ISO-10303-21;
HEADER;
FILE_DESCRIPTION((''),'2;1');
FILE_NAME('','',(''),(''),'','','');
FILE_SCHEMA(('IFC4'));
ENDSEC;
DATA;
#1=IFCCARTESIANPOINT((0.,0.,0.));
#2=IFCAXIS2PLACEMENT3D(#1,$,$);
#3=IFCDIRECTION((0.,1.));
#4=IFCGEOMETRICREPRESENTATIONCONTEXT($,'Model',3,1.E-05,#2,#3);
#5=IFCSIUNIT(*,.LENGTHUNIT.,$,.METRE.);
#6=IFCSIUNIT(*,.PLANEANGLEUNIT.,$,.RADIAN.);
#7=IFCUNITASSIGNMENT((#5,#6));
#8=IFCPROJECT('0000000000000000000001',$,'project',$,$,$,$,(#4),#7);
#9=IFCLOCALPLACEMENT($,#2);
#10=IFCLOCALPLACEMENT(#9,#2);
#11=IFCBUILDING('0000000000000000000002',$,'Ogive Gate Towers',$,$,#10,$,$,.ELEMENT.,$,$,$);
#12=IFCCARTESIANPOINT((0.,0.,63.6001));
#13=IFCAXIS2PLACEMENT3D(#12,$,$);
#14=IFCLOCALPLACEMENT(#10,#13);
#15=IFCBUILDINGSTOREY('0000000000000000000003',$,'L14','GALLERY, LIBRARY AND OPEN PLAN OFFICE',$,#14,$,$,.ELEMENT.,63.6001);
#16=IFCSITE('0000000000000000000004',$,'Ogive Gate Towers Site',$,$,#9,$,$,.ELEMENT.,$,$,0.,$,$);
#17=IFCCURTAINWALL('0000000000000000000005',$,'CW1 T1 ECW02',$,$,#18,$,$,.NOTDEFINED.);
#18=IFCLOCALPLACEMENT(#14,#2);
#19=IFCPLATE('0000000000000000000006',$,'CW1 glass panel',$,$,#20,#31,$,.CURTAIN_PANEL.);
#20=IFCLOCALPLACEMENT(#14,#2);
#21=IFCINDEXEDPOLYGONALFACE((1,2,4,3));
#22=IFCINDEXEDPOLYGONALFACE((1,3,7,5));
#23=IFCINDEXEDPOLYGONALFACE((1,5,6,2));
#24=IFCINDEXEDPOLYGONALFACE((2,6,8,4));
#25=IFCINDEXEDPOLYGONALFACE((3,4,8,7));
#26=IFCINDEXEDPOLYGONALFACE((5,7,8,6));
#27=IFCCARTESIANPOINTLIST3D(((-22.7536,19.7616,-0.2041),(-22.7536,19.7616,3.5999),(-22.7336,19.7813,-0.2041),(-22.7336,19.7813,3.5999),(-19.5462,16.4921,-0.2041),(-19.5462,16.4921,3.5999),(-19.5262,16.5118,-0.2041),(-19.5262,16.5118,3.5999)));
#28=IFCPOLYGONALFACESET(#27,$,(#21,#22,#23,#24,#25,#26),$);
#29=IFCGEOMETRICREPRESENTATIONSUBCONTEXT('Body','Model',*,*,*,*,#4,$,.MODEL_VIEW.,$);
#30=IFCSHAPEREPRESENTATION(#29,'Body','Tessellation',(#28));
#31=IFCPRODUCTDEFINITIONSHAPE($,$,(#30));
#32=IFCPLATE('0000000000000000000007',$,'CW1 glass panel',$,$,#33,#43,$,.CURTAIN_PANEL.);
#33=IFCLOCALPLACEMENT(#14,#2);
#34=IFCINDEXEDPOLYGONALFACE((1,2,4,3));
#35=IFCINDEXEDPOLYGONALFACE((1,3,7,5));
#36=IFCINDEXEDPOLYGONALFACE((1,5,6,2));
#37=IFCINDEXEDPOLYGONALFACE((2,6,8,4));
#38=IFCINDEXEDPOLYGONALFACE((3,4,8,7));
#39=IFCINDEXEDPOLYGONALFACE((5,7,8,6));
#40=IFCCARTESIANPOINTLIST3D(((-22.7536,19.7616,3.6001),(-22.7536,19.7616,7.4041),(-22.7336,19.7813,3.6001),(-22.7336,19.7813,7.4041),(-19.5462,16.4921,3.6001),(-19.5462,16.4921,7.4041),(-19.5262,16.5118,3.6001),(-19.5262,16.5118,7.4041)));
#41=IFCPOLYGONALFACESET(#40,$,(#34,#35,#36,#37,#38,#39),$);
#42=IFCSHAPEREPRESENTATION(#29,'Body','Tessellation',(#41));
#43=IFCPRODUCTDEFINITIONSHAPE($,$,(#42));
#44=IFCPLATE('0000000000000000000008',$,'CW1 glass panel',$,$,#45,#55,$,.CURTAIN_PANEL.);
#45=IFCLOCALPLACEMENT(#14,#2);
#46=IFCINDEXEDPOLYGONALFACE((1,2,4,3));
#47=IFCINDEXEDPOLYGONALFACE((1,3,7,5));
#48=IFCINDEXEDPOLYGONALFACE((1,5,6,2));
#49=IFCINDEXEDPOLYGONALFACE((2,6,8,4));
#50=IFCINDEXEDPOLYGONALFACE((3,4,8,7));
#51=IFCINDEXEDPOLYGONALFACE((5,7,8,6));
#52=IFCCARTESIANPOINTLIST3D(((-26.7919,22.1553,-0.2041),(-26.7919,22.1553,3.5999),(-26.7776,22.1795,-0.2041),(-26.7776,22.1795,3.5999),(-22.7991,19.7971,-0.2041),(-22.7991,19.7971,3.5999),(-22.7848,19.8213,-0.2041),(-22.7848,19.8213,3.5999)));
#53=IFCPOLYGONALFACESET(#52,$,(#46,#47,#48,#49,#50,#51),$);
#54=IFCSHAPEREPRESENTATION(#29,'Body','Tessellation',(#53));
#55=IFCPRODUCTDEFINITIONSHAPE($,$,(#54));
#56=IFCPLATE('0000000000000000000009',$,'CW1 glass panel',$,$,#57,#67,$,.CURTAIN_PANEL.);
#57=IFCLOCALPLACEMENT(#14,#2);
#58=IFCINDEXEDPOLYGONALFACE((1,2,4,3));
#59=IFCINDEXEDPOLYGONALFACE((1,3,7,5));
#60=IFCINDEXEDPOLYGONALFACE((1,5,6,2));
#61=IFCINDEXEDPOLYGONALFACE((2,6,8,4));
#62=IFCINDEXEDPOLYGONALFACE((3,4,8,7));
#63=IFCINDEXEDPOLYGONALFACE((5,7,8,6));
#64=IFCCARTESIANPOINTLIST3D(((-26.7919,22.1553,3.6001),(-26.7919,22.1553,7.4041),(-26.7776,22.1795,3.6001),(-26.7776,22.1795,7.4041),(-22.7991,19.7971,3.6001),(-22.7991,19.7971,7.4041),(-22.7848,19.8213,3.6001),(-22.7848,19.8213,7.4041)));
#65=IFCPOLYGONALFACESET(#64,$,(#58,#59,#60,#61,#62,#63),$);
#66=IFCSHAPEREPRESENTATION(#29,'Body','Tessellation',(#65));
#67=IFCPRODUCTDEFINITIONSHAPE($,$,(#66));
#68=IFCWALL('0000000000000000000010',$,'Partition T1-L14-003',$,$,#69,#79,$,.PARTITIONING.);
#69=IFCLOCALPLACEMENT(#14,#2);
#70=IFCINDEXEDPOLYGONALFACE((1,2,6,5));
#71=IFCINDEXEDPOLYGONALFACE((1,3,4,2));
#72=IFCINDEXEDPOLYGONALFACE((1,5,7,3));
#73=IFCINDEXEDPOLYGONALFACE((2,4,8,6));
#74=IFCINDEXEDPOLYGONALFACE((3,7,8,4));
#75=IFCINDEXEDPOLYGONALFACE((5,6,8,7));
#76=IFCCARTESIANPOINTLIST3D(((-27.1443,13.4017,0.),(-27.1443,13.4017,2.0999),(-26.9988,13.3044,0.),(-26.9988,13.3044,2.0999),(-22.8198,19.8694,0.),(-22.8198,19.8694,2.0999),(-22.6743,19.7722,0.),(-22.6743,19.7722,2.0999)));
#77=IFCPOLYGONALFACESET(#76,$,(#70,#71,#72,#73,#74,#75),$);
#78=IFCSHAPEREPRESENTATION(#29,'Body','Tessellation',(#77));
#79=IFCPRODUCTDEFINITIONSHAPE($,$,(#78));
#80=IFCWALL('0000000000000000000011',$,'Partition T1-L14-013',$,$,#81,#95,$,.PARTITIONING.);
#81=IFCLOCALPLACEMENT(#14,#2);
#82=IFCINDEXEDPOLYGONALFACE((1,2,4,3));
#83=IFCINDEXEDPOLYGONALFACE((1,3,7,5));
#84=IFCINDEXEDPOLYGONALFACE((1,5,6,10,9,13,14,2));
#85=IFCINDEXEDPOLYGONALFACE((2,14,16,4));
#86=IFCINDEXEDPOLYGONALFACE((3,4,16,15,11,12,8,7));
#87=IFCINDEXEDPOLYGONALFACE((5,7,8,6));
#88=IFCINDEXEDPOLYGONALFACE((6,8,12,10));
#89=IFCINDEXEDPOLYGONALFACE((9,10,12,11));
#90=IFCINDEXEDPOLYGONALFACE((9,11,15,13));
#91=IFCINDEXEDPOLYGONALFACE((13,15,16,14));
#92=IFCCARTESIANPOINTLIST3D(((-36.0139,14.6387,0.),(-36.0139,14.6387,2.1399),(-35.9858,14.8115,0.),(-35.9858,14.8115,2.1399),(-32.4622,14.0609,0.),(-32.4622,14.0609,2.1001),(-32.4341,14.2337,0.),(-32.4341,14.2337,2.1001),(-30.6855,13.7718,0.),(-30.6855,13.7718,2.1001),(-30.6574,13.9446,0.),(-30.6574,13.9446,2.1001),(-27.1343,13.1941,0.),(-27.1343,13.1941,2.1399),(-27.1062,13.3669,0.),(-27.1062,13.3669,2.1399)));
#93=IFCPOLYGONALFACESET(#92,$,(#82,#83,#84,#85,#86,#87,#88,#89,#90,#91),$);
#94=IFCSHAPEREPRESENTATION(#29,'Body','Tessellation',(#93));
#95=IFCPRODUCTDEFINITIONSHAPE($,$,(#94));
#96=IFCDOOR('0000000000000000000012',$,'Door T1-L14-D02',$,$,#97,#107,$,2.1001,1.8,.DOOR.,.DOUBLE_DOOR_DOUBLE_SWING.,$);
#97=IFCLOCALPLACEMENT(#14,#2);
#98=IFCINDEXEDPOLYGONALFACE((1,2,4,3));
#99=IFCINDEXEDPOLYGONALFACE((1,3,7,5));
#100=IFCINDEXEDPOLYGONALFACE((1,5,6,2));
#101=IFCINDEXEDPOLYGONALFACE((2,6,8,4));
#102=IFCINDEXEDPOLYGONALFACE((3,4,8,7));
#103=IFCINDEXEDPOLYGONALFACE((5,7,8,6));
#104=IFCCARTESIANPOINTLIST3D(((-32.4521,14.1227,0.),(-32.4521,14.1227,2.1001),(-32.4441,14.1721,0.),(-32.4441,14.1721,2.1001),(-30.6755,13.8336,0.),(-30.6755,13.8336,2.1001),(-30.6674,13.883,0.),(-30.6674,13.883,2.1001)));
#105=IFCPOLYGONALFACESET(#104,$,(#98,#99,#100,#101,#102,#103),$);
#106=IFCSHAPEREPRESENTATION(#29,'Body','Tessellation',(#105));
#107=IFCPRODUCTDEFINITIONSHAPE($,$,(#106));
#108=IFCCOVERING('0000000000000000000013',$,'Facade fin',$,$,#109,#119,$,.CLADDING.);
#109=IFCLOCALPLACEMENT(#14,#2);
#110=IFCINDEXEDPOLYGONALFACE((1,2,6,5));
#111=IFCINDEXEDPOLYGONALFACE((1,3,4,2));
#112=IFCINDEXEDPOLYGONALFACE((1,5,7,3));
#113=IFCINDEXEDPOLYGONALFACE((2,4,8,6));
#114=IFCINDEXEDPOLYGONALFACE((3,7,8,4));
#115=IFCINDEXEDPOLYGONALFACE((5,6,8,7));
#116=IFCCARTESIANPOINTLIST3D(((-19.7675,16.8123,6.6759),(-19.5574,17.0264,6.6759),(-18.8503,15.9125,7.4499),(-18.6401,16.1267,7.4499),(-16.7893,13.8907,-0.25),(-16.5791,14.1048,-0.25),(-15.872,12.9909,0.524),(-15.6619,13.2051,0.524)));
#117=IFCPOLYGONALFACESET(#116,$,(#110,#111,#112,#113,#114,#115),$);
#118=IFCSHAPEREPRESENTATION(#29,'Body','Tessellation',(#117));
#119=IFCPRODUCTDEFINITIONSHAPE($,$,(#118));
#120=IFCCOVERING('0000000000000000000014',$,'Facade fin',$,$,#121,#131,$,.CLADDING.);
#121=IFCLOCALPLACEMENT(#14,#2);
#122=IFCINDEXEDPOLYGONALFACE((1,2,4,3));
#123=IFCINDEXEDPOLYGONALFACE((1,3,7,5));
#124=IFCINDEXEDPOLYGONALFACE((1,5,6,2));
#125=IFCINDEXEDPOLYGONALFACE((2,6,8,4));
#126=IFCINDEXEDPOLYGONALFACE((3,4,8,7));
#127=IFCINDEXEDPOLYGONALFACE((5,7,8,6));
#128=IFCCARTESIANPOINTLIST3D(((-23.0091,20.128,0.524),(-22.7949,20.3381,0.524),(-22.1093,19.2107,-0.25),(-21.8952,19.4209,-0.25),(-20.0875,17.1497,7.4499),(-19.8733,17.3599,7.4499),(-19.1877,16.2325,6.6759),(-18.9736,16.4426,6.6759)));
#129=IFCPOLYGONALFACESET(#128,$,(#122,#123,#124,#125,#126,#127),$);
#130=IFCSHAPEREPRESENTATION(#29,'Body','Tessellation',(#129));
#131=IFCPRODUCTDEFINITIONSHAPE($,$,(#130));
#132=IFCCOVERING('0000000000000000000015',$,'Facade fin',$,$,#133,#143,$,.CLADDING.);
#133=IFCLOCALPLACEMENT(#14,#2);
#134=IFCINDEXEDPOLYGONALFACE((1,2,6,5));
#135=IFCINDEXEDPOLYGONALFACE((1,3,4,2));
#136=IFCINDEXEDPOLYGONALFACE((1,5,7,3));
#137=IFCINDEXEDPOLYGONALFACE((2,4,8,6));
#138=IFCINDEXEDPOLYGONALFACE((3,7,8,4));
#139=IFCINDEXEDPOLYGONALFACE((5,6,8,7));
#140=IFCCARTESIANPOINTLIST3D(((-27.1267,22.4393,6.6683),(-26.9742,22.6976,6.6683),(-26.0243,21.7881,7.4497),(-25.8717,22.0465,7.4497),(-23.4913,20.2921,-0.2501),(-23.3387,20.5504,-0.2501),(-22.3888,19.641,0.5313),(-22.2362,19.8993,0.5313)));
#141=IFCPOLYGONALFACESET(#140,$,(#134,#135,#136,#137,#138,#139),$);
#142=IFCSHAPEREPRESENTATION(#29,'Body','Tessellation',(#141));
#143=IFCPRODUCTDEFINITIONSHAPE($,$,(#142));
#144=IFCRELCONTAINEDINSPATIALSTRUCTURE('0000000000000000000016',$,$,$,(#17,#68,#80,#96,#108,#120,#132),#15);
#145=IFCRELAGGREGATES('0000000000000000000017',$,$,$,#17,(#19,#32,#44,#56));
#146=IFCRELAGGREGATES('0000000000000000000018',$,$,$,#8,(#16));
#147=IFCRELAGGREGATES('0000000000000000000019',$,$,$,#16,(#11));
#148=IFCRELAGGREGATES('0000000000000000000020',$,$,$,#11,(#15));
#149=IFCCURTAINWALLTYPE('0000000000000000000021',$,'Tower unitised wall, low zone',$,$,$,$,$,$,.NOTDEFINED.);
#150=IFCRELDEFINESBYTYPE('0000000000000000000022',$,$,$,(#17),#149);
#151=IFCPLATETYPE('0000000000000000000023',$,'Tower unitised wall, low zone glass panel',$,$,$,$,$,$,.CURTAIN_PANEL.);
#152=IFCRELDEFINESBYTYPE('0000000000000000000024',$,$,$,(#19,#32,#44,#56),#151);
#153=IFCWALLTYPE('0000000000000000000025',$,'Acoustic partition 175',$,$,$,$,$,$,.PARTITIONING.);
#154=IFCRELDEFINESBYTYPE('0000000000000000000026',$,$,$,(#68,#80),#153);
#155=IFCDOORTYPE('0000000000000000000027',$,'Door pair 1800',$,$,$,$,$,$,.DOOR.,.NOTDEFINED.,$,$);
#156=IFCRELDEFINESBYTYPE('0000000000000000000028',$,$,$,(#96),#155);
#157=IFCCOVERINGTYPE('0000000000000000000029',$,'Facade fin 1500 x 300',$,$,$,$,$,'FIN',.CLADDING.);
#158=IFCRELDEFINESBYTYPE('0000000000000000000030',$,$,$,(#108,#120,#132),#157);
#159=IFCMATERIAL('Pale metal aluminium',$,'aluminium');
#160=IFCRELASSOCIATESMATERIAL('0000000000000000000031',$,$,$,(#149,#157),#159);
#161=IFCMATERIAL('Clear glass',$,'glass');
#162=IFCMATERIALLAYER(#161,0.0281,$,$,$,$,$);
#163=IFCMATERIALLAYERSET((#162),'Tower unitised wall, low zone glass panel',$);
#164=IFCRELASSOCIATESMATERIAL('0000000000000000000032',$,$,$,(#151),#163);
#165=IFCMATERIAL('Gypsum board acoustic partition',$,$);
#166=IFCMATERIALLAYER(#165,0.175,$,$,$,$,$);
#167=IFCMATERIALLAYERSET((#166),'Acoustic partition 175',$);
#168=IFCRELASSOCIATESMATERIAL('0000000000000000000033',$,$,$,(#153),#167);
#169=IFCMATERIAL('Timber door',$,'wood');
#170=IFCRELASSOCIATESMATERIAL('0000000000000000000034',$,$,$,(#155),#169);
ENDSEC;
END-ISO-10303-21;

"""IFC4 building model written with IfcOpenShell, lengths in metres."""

from ifc_helpers import new_model, si_unit, direction, frame, frame_2d, origin, origin_2d, place, context, subcontext, project, spatial, rectangle, extrude, material, layer, layer_set, material_profile, profile_set, type_object, element, fill, aggregate, save


model = new_model("IFC4")

# Units and contexts
model_context = context("Model", 3, precision=1e-05, world=origin(), true_north=direction((0.0, 1.0)))
body_context = subcontext(model_context, "Body", "Model", "MODEL_VIEW")
ifc_project = project(units=[si_unit("LENGTHUNIT", "METRE"), si_unit("PLANEANGLEUNIT", "RADIAN")], contexts=[model_context])

# Site, building, storey
site_placement = place(None, origin())
site = spatial("IfcSite", under=ifc_project, at=site_placement, Name="Ogive Gate Towers Site", CompositionType="ELEMENT", RefElevation=0.0)
building_placement = place(site_placement, origin())
building = spatial("IfcBuilding", under=site, at=building_placement, Name="Ogive Gate Towers", CompositionType="ELEMENT")
storey_placement = place(building_placement, frame((0.0, 0.0, 63.6001)))
storey = spatial("IfcBuildingStorey", under=building, at=storey_placement, Name="L14", Description="GALLERY, LIBRARY AND OPEN PLAN OFFICE", CompositionType="ELEMENT", Elevation=63.6001)

# Shared definitions
ifc_material_1 = material(Name="Pale metal aluminium", Category="aluminium")
curtain_wall_type = type_object("IfcCurtainWallType", Name="Tower unitised wall, low zone", PredefinedType="NOTDEFINED", material=ifc_material_1)

# Curtain wall
curtain_wall_1_placement = place(storey_placement, origin())
curtain_wall_1 = element("IfcCurtainWall", 1, at=curtain_wall_1_placement, inside=storey, type_object=curtain_wall_type, Name="CW1 T1 ECW02", PredefinedType="NOTDEFINED")

# Plates
ifc_material_2 = material(Name="Clear glass", Category="glass")
ifc_layer_1 = layer(ifc_material_2, 0.0281)
ifc_layer_set_1 = layer_set([ifc_layer_1], Name="Tower unitised wall, low zone glass panel")
plate_type = type_object("IfcPlateType", Name="Tower unitised wall, low zone glass panel", PredefinedType="CURTAIN_PANEL", material=ifc_layer_set_1)
plate_1_placement = place(storey_placement, frame((-21.1399, 18.1367, -0.2041), z_axis=(0.0, 0.0, 1.0), x_axis=(-0.700299, 0.71385, 0.0)))
plate_1 = element("IfcPlate", 2, at=plate_1_placement, type_object=plate_type, Name="CW1 glass panel", PredefinedType="CURTAIN_PANEL", context=body_context, shape_type="SweptSolid", body=[
    extrude(rectangle(XDim=4.5801, YDim=0.0281, at=origin_2d()), origin(), (0.0, 0.0, 1.0), 3.804),
])
plate_2_placement = place(storey_placement, frame((-21.1399, 18.1367, 3.6001), z_axis=(0.0, 0.0, 1.0), x_axis=(-0.700299, 0.71385, 0.0)))
plate_2 = element("IfcPlate", 3, at=plate_2_placement, type_object=plate_type, Name="CW1 glass panel", PredefinedType="CURTAIN_PANEL", context=body_context, shape_type="SweptSolid", body=[
    extrude(rectangle(XDim=4.5801, YDim=0.0281, at=origin_2d()), origin(), (0.0, 0.0, 1.0), 3.804),
])
plate_3_placement = place(storey_placement, frame((-24.7883, 20.9883, -0.2041), z_axis=(0.0, 0.0, 1.0), x_axis=(-0.861035, 0.508546, 0.0)))
plate_3 = element("IfcPlate", 4, at=plate_3_placement, type_object=plate_type, Name="CW1 glass panel", PredefinedType="CURTAIN_PANEL", context=body_context, shape_type="SweptSolid", body=[
    extrude(rectangle(XDim=4.6372, YDim=0.0281, at=origin_2d()), origin(), (0.0, 0.0, 1.0), 3.804),
])
plate_4_placement = place(storey_placement, frame((-24.7883, 20.9883, 3.6001), z_axis=(0.0, 0.0, 1.0), x_axis=(-0.861035, 0.508546, 0.0)))
plate_4 = element("IfcPlate", 5, at=plate_4_placement, type_object=plate_type, Name="CW1 glass panel", PredefinedType="CURTAIN_PANEL", context=body_context, shape_type="SweptSolid", body=[
    extrude(rectangle(XDim=4.6372, YDim=0.0281, at=origin_2d()), origin(), (0.0, 0.0, 1.0), 3.804),
])
aggregate(curtain_wall_1, [plate_1, plate_2, plate_3, plate_4])

# Wall
ifc_material_3 = material(Name="Gypsum board acoustic partition")
ifc_layer_2 = layer(ifc_material_3, 0.175)
ifc_layer_set_2 = layer_set([ifc_layer_2], Name="Acoustic partition 175")
wall_type = type_object("IfcWallType", Name="Acoustic partition 175", PredefinedType="PARTITIONING", material=ifc_layer_set_2)
wall_1_placement = place(storey_placement, frame((-22.7471, 19.8208, 0.0), z_axis=(0.0, 0.0, 1.0), x_axis=(-0.555822, -0.831301, 0.0)))
element("IfcWall", 6, at=wall_1_placement, inside=storey, type_object=wall_type, Name="Partition T1-L14-003", PredefinedType="PARTITIONING", context=body_context, shape_type="SweptSolid", body=[
    extrude(rectangle(XDim=7.7803, YDim=0.175, at=frame_2d((3.8901, 0.0))), origin(), (0.0, 0.0, 1.0), 2.0999),
])

# Wall, opening, door
wall_2_placement = place(storey_placement, frame((-27.1204, 13.2805, 0.0), z_axis=(0.0, 0.0, 1.0), x_axis=(-0.987024, 0.160574, 0.0)))
wall_2 = element("IfcWall", 7, at=wall_2_placement, inside=storey, type_object=wall_type, Name="Partition T1-L14-013", PredefinedType="PARTITIONING", context=body_context, shape_type="SweptSolid", body=[
    extrude(rectangle(XDim=8.9963, YDim=0.175, at=frame_2d((4.498, 0.0))), origin(), (0.0, 0.0, 1.0), 2.1399),
])
opening_placement = place(wall_2_placement, frame((3.5979, 0.0, 0.0)))
opening = element("IfcOpeningElement", 8, at=opening_placement, cuts=wall_2, PredefinedType="OPENING", context=body_context, shape_type="SweptSolid", body=[
    extrude(rectangle(XDim=1.8, YDim=2.1001, at=frame_2d((0.8999, 1.05))), frame((0.0, 0.0977, 0.0), z_axis=(0.0, -1.0, 0.0), x_axis=(1.0, 0.0, 0.0)), (0.0, 0.0, 1.0), 0.1951),
])
ifc_material_4 = material(Name="Timber door", Category="wood")
door_type = type_object("IfcDoorType", Name="Door pair 1800", OperationType="NOTDEFINED", PredefinedType="DOOR", material=ifc_material_4)
door_placement = place(opening_placement, origin())
door = element("IfcDoor", 9, at=door_placement, inside=storey, type_object=door_type, Name="Door T1-L14-D02", OperationType="DOUBLE_DOOR_DOUBLE_SWING", OverallHeight=2.1001, OverallWidth=1.8, PredefinedType="DOOR", context=body_context, shape_type="SweptSolid", body=[
    extrude(rectangle(XDim=1.8, YDim=2.1001, at=frame_2d((0.8999, 1.05))), frame((0.0, 0.0249, 0.0), z_axis=(0.0, -1.0, 0.0), x_axis=(1.0, 0.0, 0.0)), (0.0, 0.0, 1.0), 0.05),
])
fill(opening, door)

# Coverings
ifc_material_profile_1 = material_profile(ifc_material_1, rectangle(XDim=0.3, YDim=1.5, at=origin_2d()), Name="1500 x 300 pale metal aluminium")
ifc_profile_set_1 = profile_set([ifc_material_profile_1], Name="Pale metal aluminium")
covering_type = type_object("IfcCoveringType", Name="Facade fin 1500 x 300", ElementType="FIN", PredefinedType="CLADDING", material=ifc_profile_set_1)
for number, where, z_axis, x_axis, name in (
    (10, (-16.2256, 13.5479, 0.137), (-0.368346, 0.361341, 0.856595), (-0.700286, -0.713862, 0.0), "Facade fin"),
    (11, (-22.4521, 19.7744, 0.137), (0.361341, -0.368346, 0.856595), (0.713862, 0.700286, 0.0), "Facade fin"),
):
    element("IfcCovering", number, at=place(storey_placement, frame(where, z_axis=z_axis, x_axis=x_axis)), inside=storey, type_object=covering_type, Name=name, PredefinedType="CLADDING", context=body_context, shape_type="SweptSolid", body=[
        extrude(rectangle(XDim=0.3, YDim=1.5, at=origin_2d()), origin(), (0.0, 0.0, 1.0), 8.0854),
    ])
covering_placement = place(storey_placement, frame((-22.8638, 20.0957, 0.1406), z_axis=(-0.448545, 0.264922, 0.853594), x_axis=(-0.508548, -0.861034, 0.0)))
element("IfcCovering", 12, at=covering_placement, inside=storey, type_object=covering_type, Name="Facade fin", PredefinedType="CLADDING", context=body_context, shape_type="SweptSolid", body=[
    extrude(rectangle(XDim=0.3, YDim=1.5, at=origin_2d()), origin(), (0.0, 0.0, 1.0), 8.105),
])

save(model, "model.ifc")
